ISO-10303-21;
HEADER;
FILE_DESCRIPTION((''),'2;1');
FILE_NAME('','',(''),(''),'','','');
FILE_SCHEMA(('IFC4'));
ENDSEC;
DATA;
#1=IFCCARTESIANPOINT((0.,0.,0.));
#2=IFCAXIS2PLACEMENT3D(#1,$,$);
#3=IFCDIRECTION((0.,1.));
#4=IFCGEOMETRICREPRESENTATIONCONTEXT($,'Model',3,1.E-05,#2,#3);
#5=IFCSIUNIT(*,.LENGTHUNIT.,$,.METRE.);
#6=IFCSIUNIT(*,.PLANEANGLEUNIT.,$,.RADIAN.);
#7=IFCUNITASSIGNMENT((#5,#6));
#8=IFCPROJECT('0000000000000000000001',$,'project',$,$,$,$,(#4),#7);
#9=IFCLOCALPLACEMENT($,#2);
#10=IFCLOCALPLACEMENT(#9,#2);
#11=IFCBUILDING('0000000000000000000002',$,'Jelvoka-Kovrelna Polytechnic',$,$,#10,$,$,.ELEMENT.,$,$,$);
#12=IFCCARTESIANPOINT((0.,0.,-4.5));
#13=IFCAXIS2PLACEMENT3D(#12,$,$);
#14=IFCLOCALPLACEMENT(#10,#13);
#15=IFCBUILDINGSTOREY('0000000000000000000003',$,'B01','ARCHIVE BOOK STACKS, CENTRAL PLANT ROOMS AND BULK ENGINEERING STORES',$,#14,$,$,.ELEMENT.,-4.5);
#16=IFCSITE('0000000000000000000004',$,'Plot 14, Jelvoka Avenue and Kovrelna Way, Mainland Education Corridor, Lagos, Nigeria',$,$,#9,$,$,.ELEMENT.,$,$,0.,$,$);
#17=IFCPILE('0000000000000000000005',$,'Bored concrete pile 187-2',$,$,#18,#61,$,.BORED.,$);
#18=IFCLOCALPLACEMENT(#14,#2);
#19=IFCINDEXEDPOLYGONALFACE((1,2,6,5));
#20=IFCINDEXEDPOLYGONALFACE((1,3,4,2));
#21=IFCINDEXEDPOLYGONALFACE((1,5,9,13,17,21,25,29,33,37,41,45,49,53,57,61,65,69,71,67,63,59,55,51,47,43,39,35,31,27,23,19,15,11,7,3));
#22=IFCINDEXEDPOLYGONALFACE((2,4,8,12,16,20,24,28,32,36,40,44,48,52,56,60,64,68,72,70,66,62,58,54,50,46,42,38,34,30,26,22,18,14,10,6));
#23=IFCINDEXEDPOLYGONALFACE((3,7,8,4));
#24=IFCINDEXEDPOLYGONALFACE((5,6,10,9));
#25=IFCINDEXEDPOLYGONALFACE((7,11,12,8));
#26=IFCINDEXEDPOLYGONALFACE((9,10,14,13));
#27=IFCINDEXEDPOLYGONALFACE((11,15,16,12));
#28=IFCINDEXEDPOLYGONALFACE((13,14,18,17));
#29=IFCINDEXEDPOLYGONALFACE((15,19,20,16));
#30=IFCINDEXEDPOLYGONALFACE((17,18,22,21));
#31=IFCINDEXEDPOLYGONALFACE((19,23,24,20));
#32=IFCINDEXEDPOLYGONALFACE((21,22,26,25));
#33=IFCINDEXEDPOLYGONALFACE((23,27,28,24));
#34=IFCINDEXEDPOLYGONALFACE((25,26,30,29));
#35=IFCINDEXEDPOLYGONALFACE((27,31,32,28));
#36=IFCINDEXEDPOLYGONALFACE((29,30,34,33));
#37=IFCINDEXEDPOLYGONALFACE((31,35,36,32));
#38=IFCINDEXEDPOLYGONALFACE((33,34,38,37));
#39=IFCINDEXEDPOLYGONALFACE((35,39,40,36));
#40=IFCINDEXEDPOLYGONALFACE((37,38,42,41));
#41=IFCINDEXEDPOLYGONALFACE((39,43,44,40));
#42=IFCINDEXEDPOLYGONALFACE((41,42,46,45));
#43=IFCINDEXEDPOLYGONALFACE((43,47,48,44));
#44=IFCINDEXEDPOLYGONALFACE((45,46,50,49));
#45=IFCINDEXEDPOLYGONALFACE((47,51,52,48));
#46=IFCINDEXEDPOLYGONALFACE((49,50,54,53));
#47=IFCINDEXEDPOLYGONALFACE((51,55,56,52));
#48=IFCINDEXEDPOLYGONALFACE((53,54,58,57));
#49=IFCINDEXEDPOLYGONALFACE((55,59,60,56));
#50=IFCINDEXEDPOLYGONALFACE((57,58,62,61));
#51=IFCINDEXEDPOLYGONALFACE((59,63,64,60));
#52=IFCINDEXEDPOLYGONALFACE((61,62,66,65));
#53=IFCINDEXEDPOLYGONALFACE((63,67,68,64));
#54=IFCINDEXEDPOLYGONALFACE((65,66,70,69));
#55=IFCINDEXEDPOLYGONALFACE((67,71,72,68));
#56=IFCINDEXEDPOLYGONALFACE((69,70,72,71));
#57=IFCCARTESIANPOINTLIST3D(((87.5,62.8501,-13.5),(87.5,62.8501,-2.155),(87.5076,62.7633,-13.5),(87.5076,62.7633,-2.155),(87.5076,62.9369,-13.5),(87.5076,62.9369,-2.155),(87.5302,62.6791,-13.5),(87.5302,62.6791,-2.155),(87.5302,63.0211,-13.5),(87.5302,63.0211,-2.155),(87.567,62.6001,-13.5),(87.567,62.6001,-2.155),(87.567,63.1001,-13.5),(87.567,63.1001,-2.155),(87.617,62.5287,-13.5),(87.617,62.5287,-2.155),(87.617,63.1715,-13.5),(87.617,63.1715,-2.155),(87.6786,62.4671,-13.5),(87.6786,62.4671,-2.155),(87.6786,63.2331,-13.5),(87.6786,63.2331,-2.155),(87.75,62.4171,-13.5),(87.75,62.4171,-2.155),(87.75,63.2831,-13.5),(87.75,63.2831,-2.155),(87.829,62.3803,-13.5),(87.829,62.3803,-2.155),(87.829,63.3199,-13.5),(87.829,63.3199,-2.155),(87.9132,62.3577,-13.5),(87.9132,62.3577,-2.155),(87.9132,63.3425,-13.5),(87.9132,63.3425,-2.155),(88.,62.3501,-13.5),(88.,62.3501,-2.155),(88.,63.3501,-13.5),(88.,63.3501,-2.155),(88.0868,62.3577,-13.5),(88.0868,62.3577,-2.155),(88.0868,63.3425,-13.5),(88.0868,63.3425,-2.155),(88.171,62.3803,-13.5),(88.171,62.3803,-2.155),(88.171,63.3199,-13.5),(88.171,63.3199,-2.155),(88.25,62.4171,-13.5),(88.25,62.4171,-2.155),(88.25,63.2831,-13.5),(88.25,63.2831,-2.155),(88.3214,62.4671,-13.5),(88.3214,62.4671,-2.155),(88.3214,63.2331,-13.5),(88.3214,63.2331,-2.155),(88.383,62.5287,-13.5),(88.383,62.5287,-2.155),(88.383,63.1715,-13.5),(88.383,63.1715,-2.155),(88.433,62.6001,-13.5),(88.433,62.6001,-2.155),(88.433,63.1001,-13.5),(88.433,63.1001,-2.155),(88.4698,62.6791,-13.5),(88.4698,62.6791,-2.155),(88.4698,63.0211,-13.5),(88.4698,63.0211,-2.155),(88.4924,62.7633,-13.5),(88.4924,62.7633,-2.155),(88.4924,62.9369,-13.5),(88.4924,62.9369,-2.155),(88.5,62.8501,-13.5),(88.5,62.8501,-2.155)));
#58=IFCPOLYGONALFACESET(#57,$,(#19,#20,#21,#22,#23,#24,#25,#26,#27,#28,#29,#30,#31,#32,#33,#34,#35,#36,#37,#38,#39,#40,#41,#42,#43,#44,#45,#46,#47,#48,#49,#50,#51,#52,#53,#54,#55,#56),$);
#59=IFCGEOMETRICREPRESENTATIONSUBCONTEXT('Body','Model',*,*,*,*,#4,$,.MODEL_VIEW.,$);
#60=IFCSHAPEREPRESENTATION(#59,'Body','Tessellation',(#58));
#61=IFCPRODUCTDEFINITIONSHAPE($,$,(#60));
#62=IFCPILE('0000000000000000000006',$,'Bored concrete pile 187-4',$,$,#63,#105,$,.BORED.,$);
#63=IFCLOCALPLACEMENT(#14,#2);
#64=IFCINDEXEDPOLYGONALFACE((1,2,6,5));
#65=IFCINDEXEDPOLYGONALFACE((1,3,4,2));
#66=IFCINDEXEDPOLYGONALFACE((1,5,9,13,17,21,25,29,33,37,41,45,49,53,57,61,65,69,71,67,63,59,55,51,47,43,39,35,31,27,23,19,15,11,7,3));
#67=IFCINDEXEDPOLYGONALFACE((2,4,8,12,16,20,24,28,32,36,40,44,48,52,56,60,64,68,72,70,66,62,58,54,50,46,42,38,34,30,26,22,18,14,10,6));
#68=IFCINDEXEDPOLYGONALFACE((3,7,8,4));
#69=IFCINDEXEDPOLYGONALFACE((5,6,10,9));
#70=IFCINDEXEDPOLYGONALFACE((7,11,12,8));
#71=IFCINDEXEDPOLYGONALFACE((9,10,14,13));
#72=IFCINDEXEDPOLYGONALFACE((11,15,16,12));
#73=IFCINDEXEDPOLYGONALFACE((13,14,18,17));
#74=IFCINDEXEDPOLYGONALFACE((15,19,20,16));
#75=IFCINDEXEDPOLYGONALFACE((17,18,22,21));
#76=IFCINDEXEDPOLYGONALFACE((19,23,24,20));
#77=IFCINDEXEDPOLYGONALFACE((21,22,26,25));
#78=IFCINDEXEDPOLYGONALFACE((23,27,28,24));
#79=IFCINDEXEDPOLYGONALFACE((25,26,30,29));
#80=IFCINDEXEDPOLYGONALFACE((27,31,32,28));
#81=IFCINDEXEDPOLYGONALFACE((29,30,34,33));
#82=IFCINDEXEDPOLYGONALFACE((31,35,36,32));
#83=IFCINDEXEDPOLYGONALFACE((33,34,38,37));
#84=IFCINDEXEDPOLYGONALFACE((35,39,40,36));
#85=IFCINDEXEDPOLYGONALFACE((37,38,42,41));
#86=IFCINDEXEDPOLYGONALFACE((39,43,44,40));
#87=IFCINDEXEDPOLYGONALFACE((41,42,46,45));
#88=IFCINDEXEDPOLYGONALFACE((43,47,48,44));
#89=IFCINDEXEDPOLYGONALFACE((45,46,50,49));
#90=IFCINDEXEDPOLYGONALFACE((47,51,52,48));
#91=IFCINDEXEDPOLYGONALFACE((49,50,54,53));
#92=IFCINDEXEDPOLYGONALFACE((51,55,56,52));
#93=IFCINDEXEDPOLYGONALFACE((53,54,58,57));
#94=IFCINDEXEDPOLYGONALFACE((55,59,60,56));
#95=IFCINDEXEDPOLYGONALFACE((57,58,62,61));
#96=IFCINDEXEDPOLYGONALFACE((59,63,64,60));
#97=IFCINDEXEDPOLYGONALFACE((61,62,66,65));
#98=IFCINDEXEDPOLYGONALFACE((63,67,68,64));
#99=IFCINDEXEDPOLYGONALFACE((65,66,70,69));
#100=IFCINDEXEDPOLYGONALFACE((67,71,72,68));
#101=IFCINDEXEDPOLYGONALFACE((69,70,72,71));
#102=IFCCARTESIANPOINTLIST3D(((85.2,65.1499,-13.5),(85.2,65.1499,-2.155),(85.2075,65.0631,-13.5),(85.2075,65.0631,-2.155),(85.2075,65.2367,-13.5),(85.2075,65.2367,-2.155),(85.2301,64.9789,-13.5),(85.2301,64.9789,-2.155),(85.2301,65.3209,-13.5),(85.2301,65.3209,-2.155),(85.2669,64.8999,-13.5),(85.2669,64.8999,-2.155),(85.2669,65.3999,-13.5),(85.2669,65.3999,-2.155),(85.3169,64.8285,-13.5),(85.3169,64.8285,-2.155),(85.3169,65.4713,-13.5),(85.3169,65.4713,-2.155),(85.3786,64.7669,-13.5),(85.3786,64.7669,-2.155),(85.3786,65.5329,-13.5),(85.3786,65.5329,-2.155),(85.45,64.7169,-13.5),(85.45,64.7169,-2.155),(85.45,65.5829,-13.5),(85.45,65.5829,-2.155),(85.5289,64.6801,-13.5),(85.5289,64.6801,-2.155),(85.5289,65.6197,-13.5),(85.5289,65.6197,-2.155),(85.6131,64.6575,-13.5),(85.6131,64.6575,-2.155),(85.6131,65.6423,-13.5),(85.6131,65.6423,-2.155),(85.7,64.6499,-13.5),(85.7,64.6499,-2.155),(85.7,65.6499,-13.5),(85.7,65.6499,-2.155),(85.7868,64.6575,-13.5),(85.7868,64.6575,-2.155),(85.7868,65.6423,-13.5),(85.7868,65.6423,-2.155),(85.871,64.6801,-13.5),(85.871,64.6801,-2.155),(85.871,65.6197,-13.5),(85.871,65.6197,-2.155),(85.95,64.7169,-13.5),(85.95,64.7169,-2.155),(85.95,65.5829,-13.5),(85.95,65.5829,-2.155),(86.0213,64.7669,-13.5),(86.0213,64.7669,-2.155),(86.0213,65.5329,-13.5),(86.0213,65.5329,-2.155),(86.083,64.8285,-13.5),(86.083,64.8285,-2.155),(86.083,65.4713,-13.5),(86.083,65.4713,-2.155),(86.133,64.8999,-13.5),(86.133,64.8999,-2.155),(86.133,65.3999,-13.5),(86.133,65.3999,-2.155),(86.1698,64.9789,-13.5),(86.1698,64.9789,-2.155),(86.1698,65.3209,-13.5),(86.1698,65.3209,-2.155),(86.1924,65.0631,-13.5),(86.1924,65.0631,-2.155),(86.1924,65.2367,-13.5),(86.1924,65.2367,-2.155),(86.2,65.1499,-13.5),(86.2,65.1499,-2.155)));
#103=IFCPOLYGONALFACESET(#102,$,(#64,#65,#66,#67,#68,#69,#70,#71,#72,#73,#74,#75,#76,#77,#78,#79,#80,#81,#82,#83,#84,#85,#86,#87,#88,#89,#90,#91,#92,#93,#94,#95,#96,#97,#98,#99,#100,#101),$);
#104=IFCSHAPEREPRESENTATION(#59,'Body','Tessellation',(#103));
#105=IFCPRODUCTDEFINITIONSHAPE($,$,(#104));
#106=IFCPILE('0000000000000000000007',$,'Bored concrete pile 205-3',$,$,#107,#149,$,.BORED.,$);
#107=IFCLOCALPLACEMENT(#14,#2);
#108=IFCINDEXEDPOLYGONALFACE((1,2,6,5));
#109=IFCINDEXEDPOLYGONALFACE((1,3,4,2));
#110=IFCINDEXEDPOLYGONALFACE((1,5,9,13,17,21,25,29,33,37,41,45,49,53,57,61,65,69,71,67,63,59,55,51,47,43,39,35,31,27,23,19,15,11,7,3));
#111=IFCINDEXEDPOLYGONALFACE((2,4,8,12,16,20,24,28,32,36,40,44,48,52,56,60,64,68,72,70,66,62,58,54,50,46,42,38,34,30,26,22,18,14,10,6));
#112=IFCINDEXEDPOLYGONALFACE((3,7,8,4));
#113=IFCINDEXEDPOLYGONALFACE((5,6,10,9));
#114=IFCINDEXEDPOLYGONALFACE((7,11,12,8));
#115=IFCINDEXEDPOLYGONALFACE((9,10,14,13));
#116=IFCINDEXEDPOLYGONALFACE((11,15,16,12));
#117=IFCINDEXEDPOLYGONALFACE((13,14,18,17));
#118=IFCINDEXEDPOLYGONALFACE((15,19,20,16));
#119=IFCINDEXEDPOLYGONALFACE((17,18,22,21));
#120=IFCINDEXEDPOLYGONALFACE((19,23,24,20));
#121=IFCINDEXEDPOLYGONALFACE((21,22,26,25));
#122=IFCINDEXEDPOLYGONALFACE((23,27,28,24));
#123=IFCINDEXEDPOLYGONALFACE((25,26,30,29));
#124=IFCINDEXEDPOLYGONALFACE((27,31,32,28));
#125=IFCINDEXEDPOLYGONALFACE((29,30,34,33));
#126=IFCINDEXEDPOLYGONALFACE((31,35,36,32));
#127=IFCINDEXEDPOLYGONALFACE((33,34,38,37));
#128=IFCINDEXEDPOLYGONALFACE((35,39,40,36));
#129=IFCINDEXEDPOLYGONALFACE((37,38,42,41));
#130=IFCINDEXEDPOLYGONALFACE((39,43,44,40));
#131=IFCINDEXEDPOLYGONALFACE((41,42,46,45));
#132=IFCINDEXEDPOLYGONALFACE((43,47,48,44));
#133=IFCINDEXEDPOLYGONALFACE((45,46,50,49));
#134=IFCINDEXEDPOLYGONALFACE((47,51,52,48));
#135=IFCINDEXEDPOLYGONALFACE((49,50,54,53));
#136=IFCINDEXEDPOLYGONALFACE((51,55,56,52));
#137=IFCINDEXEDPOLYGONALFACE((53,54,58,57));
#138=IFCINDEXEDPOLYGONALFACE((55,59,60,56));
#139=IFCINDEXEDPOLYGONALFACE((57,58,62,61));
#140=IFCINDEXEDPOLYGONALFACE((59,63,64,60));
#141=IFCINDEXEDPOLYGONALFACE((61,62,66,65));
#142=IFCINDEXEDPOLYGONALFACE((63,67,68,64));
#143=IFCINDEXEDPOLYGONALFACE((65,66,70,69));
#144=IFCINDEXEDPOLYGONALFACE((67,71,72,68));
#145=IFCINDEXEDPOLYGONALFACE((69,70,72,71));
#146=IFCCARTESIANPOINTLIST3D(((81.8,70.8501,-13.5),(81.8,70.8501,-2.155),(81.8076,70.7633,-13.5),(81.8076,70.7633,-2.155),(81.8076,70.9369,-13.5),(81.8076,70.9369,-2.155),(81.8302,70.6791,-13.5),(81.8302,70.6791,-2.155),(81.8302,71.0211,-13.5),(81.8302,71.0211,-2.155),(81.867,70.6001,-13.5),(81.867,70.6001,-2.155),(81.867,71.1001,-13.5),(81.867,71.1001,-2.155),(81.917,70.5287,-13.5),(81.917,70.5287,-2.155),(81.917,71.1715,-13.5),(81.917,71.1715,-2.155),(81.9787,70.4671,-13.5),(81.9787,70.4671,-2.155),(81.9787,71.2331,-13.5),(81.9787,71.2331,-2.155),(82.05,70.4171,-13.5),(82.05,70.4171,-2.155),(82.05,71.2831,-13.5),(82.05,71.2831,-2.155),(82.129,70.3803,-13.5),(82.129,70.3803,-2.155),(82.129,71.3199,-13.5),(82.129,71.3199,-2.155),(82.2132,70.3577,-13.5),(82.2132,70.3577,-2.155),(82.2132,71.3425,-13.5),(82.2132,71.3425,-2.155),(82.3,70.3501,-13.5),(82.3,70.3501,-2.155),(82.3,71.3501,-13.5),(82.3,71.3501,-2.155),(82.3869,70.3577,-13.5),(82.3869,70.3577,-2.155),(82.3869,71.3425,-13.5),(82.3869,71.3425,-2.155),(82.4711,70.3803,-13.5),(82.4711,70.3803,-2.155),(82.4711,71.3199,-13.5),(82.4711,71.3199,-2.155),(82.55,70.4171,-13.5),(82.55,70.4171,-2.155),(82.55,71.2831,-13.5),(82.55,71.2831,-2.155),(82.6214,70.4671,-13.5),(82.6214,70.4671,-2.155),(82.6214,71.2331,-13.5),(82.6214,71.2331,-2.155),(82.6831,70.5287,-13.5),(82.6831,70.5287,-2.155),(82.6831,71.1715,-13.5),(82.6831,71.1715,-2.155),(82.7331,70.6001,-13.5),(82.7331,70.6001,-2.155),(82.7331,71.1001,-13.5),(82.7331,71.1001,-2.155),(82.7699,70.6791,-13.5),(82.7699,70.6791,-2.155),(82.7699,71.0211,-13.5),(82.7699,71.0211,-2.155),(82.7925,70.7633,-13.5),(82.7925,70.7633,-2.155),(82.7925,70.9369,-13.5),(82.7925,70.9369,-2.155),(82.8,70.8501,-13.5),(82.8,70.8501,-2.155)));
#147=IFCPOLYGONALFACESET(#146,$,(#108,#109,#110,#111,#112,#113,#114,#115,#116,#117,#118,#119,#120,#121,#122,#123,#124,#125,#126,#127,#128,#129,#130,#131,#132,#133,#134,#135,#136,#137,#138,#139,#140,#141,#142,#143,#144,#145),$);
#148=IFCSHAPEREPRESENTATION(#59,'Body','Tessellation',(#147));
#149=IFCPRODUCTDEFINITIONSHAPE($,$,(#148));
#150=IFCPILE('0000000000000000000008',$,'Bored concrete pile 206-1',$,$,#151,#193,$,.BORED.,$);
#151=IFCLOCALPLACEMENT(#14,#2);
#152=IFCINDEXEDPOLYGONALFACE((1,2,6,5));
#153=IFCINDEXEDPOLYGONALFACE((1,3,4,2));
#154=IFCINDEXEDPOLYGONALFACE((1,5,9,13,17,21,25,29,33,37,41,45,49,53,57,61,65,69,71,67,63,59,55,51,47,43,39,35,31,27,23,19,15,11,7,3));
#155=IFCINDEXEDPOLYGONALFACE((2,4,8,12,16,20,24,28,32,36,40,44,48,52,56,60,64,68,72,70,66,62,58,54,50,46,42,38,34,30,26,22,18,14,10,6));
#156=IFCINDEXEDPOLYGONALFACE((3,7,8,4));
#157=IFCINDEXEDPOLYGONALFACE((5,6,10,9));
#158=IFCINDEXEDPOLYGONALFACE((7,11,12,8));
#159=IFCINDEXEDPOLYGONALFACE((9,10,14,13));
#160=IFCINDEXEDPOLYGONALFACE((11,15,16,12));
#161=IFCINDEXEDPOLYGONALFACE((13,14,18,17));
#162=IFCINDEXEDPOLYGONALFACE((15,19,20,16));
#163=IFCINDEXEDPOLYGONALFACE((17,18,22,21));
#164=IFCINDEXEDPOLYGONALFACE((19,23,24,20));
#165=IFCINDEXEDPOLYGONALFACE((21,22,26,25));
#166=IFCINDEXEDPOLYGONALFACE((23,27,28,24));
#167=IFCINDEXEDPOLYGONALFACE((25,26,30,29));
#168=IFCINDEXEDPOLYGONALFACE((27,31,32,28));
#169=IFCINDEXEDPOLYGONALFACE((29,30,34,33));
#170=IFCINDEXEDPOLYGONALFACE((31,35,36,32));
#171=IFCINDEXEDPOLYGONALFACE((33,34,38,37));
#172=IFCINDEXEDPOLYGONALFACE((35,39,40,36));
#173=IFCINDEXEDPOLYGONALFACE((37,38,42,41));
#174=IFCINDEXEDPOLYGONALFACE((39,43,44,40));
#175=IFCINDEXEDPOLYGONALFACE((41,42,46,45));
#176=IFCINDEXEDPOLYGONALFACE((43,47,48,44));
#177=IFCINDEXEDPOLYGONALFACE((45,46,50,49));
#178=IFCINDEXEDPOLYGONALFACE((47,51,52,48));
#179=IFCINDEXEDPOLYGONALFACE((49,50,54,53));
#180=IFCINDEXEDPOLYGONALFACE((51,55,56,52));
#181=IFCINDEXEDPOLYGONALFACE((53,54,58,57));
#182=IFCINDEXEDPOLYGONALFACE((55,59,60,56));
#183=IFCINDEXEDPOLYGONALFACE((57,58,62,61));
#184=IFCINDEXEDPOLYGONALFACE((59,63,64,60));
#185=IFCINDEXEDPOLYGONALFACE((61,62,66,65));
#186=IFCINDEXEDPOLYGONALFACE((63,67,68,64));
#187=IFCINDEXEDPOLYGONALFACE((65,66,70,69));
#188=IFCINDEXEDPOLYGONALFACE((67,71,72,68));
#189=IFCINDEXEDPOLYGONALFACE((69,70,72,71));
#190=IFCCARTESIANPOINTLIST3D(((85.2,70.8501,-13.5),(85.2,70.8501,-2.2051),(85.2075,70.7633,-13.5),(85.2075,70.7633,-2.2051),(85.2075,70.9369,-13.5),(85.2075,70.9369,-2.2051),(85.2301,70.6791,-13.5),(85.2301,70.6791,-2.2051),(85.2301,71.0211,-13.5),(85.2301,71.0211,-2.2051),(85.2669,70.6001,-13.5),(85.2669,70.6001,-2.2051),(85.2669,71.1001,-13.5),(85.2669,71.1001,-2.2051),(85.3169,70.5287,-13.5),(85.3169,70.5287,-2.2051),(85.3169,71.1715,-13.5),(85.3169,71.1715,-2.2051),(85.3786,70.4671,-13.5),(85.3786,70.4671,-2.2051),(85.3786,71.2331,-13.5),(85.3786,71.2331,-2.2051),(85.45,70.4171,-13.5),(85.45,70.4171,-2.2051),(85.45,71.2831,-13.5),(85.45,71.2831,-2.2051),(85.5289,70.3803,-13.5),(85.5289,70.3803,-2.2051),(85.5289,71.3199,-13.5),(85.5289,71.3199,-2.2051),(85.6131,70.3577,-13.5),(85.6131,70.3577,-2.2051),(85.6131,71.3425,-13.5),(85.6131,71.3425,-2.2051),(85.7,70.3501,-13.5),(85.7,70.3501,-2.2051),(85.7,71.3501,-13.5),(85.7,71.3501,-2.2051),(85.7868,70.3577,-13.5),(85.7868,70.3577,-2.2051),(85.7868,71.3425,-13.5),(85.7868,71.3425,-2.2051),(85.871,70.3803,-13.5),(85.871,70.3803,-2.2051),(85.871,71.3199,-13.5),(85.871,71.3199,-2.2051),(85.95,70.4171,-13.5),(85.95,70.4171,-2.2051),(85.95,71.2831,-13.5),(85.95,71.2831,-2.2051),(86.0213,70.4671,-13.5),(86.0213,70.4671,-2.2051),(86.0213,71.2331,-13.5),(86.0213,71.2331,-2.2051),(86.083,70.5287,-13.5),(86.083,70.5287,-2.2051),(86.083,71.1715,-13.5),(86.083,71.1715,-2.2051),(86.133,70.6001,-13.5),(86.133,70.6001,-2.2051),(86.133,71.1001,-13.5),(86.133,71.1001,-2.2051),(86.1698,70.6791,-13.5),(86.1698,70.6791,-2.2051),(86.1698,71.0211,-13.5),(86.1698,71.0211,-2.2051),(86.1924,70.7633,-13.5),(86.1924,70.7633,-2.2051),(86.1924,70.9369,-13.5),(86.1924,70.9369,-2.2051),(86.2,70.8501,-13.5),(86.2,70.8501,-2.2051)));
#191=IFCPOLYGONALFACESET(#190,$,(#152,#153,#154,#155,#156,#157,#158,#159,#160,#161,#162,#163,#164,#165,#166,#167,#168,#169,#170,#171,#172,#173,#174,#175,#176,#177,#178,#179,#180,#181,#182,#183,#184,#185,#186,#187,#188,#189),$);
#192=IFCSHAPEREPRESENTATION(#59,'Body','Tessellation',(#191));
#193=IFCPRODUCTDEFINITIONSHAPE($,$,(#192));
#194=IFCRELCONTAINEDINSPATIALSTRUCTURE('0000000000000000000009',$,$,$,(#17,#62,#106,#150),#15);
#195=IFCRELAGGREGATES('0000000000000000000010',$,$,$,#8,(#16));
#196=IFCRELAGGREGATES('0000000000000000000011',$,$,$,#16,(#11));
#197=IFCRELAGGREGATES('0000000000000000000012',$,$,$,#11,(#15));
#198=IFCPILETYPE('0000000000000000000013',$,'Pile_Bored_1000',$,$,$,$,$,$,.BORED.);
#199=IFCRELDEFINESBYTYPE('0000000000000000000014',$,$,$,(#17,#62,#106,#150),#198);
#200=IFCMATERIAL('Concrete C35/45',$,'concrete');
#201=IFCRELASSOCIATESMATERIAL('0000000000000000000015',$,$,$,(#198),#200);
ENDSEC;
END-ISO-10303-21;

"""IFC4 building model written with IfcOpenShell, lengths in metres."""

from ifc_helpers import new_model, si_unit, direction, frame, origin, origin_2d, place, context, subcontext, project, spatial, circle, extrude, material, material_profile, profile_set, type_object, element, save


model = new_model("IFC4")

# Units and contexts
model_context = context("Model", 3, precision=1e-05, world=origin(), true_north=direction((0.0, 1.0)))
body_context = subcontext(model_context, "Body", "Model", "MODEL_VIEW")
ifc_project = project(units=[si_unit("LENGTHUNIT", "METRE"), si_unit("PLANEANGLEUNIT", "RADIAN")], contexts=[model_context])

# Site, building, storey
site_placement = place(None, origin())
site = spatial("IfcSite", under=ifc_project, at=site_placement, Name="Plot 14, Jelvoka Avenue and Kovrelna Way, Mainland Education Corridor, Lagos, Nigeria", CompositionType="ELEMENT", RefElevation=0.0)
building_placement = place(site_placement, origin())
building = spatial("IfcBuilding", under=site, at=building_placement, Name="Jelvoka-Kovrelna Polytechnic", CompositionType="ELEMENT")
storey_placement = place(building_placement, frame((0.0, 0.0, -4.5)))
storey = spatial("IfcBuildingStorey", under=building, at=storey_placement, Name="B01", Description="ARCHIVE BOOK STACKS, CENTRAL PLANT ROOMS AND BULK ENGINEERING STORES", CompositionType="ELEMENT", Elevation=-4.5)

# Piles
ifc_material_1 = material(Name="Concrete C35/45", Category="concrete")
ifc_material_profile = material_profile(ifc_material_1, circle(Radius=0.5, at=origin_2d()), Name="PILE D1000")
ifc_profile_set = profile_set([ifc_material_profile], Name="Concrete C35/45")
pile_type = type_object("IfcPileType", Name="Pile_Bored_1000", PredefinedType="BORED", material=ifc_profile_set)
for number, where, z_axis, x_axis, name in (
    (1, (88.0, 62.8501, -2.155), (0.0, 0.0, -1.0), (1.0, 0.0, 0.0), "Bored concrete pile 187-2"),
    (2, (85.7, 65.1499, -2.155), (0.0, 0.0, -1.0), (1.0, 0.0, 0.0), "Bored concrete pile 187-4"),
    (3, (82.3, 70.8501, -2.155), (0.0, 0.0, -1.0), (1.0, 0.0, 0.0), "Bored concrete pile 205-3"),
):
    element("IfcPile", number, at=place(storey_placement, frame(where, z_axis=z_axis, x_axis=x_axis)), inside=storey, type_object=pile_type, Name=name, PredefinedType="BORED", context=body_context, shape_type="SweptSolid", body=[
        extrude(circle(Radius=0.5, at=origin_2d()), origin(), (0.0, 0.0, 1.0), 11.345),
    ])
pile_placement = place(storey_placement, frame((85.7, 70.8501, -2.2051), z_axis=(0.0, 0.0, -1.0), x_axis=(1.0, 0.0, 0.0)))
element("IfcPile", 4, at=pile_placement, inside=storey, type_object=pile_type, Name="Bored concrete pile 206-1", PredefinedType="BORED", context=body_context, shape_type="SweptSolid", body=[
    extrude(circle(Radius=0.5, at=origin_2d()), origin(), (0.0, 0.0, 1.0), 11.2949),
])

save(model, "model.ifc")
